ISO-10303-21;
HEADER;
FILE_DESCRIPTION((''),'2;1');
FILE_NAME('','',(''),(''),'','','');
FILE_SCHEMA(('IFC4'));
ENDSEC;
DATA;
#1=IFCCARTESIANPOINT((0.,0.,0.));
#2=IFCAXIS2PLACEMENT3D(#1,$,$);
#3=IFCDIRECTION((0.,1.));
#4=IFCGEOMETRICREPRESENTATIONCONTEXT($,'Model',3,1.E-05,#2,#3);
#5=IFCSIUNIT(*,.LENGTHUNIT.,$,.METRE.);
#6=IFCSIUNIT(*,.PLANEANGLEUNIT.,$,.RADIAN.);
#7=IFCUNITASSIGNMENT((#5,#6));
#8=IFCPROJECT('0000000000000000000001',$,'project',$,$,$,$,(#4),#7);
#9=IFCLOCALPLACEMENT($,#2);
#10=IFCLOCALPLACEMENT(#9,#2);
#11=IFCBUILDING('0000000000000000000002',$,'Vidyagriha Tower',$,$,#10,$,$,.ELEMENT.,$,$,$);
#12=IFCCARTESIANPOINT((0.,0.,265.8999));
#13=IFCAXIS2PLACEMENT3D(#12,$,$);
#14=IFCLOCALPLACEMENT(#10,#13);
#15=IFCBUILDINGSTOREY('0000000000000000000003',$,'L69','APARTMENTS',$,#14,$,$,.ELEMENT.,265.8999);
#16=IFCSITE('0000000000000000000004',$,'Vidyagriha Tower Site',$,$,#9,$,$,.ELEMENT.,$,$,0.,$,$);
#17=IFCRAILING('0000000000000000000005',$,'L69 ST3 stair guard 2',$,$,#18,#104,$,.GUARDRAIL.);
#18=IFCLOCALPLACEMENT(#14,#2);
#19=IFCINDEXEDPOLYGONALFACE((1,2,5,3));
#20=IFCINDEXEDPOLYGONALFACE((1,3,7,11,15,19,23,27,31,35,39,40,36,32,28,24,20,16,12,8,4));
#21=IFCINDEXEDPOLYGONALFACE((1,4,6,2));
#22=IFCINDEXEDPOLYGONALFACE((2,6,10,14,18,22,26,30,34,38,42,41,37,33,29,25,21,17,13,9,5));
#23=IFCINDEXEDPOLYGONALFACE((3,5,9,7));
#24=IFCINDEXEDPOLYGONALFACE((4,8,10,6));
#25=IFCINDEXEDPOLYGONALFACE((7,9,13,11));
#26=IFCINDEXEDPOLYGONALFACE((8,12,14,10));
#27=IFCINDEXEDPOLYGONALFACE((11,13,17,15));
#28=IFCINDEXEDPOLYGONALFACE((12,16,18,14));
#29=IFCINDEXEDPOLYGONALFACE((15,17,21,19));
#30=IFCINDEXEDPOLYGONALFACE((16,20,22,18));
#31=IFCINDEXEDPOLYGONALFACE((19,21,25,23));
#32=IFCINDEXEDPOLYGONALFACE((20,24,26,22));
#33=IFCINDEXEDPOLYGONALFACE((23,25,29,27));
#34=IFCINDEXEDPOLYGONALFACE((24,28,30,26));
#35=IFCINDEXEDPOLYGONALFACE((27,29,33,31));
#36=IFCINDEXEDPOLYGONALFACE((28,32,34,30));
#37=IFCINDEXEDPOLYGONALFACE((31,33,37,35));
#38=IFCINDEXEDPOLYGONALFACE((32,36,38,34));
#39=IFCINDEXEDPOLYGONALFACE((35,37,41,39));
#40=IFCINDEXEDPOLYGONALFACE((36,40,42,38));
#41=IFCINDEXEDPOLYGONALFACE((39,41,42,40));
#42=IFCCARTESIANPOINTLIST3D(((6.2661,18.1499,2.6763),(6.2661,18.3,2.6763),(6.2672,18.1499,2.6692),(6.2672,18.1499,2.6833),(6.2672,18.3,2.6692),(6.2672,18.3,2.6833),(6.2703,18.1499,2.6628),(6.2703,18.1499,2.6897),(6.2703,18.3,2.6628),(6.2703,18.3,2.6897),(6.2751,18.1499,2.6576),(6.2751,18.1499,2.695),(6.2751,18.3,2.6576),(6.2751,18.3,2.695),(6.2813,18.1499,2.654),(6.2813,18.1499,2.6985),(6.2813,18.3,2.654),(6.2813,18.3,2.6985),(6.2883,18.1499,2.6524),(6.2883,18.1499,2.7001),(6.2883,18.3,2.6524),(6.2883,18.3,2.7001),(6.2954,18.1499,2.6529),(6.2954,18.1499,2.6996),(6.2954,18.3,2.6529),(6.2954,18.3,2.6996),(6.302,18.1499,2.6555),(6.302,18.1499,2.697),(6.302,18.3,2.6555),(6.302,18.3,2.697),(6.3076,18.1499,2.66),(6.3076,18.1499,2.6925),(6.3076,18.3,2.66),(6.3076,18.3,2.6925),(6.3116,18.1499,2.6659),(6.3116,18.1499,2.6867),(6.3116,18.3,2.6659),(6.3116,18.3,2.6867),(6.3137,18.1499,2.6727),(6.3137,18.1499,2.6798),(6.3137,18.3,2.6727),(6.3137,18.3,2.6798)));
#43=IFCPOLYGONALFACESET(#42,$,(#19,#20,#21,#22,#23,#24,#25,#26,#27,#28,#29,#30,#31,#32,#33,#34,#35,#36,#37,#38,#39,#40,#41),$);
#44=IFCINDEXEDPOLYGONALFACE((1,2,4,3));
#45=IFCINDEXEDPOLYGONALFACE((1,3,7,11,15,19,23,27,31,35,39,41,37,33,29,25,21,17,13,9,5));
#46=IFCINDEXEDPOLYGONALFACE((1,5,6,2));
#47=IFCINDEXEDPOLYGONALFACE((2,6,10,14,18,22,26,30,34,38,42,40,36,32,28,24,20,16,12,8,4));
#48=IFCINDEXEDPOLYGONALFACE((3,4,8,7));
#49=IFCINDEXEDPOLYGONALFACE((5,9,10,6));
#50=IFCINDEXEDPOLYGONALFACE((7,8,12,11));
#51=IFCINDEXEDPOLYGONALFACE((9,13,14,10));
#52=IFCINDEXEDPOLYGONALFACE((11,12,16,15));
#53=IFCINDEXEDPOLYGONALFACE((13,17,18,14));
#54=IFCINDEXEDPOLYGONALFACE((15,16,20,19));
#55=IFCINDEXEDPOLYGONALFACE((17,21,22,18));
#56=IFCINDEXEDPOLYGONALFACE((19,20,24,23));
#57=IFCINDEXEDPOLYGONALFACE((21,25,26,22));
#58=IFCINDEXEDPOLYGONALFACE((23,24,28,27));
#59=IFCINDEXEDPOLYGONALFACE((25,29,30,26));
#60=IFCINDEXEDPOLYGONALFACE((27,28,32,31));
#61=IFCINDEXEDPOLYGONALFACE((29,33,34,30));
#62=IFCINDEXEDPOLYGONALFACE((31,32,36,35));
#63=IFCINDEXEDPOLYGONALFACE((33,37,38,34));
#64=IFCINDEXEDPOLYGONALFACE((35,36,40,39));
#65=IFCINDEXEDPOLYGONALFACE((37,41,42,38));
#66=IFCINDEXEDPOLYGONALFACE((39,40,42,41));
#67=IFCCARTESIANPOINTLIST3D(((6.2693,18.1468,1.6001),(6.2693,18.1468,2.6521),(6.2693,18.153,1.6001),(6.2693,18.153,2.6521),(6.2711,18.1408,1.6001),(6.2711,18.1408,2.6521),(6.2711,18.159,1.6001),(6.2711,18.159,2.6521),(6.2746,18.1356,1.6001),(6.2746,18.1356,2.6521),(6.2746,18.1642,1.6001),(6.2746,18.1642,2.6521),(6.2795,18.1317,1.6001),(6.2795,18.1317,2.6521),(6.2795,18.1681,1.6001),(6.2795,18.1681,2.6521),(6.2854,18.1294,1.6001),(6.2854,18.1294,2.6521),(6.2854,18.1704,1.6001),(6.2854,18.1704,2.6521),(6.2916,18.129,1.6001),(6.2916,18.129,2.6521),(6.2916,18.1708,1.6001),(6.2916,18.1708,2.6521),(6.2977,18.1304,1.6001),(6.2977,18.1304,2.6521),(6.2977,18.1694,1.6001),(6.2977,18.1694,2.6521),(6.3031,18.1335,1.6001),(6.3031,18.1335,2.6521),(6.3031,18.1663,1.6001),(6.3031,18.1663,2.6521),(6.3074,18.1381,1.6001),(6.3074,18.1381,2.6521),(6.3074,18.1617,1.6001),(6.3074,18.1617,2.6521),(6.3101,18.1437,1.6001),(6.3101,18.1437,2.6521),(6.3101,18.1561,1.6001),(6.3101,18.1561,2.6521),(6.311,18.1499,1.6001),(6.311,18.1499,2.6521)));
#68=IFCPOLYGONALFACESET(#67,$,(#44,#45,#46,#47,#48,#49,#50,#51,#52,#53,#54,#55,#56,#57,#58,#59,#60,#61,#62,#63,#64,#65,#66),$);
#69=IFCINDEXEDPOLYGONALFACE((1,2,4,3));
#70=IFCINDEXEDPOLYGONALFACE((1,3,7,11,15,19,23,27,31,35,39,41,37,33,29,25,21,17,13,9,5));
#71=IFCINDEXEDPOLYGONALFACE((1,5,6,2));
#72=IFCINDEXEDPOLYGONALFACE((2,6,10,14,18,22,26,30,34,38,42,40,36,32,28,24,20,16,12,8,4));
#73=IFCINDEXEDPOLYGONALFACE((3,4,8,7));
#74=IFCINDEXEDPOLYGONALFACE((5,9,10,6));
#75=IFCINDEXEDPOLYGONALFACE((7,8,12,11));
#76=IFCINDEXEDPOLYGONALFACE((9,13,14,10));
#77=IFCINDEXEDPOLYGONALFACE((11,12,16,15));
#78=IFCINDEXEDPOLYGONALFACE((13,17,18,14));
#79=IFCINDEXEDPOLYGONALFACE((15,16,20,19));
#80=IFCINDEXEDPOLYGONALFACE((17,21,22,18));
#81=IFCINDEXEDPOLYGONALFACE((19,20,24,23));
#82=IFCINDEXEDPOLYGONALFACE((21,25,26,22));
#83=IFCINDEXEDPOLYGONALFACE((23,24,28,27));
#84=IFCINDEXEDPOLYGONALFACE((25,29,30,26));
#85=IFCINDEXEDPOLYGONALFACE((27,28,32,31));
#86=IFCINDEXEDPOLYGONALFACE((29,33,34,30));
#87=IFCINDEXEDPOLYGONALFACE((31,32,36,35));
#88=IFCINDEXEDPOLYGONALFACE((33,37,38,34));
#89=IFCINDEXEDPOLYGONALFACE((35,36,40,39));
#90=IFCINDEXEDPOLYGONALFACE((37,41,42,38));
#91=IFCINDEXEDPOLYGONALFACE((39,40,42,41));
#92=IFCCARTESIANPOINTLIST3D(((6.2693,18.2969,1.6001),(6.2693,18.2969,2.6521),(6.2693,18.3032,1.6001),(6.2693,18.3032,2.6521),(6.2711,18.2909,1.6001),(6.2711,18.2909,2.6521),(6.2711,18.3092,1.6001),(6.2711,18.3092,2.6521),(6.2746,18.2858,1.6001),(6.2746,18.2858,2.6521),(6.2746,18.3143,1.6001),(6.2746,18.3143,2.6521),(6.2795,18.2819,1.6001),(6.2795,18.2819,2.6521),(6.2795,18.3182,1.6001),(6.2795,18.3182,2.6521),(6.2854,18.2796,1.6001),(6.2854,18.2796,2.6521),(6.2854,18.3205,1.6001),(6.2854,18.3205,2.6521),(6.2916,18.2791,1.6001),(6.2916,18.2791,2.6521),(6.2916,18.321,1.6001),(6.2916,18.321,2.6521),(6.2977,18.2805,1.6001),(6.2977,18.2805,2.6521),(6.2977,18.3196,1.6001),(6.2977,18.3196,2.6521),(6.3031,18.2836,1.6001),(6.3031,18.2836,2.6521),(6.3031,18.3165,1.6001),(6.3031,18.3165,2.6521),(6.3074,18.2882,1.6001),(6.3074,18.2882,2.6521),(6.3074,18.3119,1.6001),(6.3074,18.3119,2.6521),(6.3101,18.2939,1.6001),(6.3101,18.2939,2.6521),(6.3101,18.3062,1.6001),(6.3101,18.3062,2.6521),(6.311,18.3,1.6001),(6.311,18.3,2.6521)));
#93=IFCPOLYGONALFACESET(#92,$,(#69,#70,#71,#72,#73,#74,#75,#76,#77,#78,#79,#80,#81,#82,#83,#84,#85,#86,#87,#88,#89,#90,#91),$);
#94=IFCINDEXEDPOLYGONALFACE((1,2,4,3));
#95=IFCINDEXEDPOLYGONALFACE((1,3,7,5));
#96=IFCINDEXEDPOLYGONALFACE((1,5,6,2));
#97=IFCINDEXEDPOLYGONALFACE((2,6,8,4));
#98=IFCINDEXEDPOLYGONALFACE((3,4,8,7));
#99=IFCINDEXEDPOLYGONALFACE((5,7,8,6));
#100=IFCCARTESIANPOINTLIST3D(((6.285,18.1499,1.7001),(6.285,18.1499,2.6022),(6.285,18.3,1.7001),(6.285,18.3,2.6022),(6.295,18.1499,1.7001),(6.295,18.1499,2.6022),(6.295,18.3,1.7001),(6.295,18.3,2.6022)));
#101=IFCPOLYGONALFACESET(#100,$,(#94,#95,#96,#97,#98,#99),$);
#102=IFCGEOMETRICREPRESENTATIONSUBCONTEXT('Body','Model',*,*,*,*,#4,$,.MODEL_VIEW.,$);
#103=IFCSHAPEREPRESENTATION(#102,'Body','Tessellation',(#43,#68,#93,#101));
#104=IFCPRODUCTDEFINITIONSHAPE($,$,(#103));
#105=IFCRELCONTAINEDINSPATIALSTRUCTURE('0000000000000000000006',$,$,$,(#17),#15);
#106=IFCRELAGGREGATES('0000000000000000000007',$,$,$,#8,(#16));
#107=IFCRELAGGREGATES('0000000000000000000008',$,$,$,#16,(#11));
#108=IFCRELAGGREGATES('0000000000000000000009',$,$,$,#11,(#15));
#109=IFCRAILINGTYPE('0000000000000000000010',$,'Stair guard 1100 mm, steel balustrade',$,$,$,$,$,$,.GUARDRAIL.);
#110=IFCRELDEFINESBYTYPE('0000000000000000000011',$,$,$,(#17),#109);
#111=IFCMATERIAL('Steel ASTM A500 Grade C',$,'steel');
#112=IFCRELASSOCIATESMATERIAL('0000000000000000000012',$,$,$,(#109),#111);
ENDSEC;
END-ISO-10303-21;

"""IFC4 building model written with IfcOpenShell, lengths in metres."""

from ifc_helpers import new_model, si_unit, direction, frame, origin, origin_2d, place, context, subcontext, project, spatial, rectangle, circle, extrude, material, type_object, element, save


model = new_model("IFC4")

# Units and contexts
model_context = context("Model", 3, precision=1e-05, world=origin(), true_north=direction((0.0, 1.0)))
body_context = subcontext(model_context, "Body", "Model", "MODEL_VIEW")
ifc_project = project(units=[si_unit("LENGTHUNIT", "METRE"), si_unit("PLANEANGLEUNIT", "RADIAN")], contexts=[model_context])

# Site, building, storey
site_placement = place(None, origin())
site = spatial("IfcSite", under=ifc_project, at=site_placement, Name="Vidyagriha Tower Site", CompositionType="ELEMENT", RefElevation=0.0)
building_placement = place(site_placement, origin())
building = spatial("IfcBuilding", under=site, at=building_placement, Name="Vidyagriha Tower", CompositionType="ELEMENT")
storey_placement = place(building_placement, frame((0.0, 0.0, 265.8999)))
storey = spatial("IfcBuildingStorey", under=building, at=storey_placement, Name="L69", Description="APARTMENTS", CompositionType="ELEMENT", Elevation=265.8999)

# Railing
ifc_material_1 = material(Name="Steel ASTM A500 Grade C", Category="steel")
railing_type_1 = type_object("IfcRailingType", Name="Stair guard 1100 mm, steel balustrade", PredefinedType="GUARDRAIL", material=ifc_material_1)
railing_1_placement = place(storey_placement, frame((6.29, 18.1499, 1.6001)))
element("IfcRailing", 1, at=railing_1_placement, inside=storey, type_object=railing_type_1, Name="L69 ST3 stair guard 2", PredefinedType="GUARDRAIL", context=body_context, shape_type="SweptSolid", body=[
    extrude(circle(Radius=0.0239, at=origin_2d()), frame((0.0, 0.0, 1.0762), z_axis=(0.0, 1.0, 0.0), x_axis=(-1.0, 0.0, 0.0)), (0.0, 0.0, 1.0), 0.1501),
    extrude(circle(Radius=0.021, at=origin_2d()), origin(), (0.0, 0.0, 1.0), 1.052),
    extrude(circle(Radius=0.021, at=origin_2d()), frame((0.0, 0.1501, 0.0)), (0.0, 0.0, 1.0), 1.052),
    extrude(rectangle(XDim=0.01, YDim=0.9021, at=origin_2d()), frame((0.0, 0.0, 0.551), z_axis=(0.0, 1.0, 0.0), x_axis=(-1.0, 0.0, 0.0)), (0.0, 0.0, 1.0), 0.1501),
])

save(model, "model.ifc")
